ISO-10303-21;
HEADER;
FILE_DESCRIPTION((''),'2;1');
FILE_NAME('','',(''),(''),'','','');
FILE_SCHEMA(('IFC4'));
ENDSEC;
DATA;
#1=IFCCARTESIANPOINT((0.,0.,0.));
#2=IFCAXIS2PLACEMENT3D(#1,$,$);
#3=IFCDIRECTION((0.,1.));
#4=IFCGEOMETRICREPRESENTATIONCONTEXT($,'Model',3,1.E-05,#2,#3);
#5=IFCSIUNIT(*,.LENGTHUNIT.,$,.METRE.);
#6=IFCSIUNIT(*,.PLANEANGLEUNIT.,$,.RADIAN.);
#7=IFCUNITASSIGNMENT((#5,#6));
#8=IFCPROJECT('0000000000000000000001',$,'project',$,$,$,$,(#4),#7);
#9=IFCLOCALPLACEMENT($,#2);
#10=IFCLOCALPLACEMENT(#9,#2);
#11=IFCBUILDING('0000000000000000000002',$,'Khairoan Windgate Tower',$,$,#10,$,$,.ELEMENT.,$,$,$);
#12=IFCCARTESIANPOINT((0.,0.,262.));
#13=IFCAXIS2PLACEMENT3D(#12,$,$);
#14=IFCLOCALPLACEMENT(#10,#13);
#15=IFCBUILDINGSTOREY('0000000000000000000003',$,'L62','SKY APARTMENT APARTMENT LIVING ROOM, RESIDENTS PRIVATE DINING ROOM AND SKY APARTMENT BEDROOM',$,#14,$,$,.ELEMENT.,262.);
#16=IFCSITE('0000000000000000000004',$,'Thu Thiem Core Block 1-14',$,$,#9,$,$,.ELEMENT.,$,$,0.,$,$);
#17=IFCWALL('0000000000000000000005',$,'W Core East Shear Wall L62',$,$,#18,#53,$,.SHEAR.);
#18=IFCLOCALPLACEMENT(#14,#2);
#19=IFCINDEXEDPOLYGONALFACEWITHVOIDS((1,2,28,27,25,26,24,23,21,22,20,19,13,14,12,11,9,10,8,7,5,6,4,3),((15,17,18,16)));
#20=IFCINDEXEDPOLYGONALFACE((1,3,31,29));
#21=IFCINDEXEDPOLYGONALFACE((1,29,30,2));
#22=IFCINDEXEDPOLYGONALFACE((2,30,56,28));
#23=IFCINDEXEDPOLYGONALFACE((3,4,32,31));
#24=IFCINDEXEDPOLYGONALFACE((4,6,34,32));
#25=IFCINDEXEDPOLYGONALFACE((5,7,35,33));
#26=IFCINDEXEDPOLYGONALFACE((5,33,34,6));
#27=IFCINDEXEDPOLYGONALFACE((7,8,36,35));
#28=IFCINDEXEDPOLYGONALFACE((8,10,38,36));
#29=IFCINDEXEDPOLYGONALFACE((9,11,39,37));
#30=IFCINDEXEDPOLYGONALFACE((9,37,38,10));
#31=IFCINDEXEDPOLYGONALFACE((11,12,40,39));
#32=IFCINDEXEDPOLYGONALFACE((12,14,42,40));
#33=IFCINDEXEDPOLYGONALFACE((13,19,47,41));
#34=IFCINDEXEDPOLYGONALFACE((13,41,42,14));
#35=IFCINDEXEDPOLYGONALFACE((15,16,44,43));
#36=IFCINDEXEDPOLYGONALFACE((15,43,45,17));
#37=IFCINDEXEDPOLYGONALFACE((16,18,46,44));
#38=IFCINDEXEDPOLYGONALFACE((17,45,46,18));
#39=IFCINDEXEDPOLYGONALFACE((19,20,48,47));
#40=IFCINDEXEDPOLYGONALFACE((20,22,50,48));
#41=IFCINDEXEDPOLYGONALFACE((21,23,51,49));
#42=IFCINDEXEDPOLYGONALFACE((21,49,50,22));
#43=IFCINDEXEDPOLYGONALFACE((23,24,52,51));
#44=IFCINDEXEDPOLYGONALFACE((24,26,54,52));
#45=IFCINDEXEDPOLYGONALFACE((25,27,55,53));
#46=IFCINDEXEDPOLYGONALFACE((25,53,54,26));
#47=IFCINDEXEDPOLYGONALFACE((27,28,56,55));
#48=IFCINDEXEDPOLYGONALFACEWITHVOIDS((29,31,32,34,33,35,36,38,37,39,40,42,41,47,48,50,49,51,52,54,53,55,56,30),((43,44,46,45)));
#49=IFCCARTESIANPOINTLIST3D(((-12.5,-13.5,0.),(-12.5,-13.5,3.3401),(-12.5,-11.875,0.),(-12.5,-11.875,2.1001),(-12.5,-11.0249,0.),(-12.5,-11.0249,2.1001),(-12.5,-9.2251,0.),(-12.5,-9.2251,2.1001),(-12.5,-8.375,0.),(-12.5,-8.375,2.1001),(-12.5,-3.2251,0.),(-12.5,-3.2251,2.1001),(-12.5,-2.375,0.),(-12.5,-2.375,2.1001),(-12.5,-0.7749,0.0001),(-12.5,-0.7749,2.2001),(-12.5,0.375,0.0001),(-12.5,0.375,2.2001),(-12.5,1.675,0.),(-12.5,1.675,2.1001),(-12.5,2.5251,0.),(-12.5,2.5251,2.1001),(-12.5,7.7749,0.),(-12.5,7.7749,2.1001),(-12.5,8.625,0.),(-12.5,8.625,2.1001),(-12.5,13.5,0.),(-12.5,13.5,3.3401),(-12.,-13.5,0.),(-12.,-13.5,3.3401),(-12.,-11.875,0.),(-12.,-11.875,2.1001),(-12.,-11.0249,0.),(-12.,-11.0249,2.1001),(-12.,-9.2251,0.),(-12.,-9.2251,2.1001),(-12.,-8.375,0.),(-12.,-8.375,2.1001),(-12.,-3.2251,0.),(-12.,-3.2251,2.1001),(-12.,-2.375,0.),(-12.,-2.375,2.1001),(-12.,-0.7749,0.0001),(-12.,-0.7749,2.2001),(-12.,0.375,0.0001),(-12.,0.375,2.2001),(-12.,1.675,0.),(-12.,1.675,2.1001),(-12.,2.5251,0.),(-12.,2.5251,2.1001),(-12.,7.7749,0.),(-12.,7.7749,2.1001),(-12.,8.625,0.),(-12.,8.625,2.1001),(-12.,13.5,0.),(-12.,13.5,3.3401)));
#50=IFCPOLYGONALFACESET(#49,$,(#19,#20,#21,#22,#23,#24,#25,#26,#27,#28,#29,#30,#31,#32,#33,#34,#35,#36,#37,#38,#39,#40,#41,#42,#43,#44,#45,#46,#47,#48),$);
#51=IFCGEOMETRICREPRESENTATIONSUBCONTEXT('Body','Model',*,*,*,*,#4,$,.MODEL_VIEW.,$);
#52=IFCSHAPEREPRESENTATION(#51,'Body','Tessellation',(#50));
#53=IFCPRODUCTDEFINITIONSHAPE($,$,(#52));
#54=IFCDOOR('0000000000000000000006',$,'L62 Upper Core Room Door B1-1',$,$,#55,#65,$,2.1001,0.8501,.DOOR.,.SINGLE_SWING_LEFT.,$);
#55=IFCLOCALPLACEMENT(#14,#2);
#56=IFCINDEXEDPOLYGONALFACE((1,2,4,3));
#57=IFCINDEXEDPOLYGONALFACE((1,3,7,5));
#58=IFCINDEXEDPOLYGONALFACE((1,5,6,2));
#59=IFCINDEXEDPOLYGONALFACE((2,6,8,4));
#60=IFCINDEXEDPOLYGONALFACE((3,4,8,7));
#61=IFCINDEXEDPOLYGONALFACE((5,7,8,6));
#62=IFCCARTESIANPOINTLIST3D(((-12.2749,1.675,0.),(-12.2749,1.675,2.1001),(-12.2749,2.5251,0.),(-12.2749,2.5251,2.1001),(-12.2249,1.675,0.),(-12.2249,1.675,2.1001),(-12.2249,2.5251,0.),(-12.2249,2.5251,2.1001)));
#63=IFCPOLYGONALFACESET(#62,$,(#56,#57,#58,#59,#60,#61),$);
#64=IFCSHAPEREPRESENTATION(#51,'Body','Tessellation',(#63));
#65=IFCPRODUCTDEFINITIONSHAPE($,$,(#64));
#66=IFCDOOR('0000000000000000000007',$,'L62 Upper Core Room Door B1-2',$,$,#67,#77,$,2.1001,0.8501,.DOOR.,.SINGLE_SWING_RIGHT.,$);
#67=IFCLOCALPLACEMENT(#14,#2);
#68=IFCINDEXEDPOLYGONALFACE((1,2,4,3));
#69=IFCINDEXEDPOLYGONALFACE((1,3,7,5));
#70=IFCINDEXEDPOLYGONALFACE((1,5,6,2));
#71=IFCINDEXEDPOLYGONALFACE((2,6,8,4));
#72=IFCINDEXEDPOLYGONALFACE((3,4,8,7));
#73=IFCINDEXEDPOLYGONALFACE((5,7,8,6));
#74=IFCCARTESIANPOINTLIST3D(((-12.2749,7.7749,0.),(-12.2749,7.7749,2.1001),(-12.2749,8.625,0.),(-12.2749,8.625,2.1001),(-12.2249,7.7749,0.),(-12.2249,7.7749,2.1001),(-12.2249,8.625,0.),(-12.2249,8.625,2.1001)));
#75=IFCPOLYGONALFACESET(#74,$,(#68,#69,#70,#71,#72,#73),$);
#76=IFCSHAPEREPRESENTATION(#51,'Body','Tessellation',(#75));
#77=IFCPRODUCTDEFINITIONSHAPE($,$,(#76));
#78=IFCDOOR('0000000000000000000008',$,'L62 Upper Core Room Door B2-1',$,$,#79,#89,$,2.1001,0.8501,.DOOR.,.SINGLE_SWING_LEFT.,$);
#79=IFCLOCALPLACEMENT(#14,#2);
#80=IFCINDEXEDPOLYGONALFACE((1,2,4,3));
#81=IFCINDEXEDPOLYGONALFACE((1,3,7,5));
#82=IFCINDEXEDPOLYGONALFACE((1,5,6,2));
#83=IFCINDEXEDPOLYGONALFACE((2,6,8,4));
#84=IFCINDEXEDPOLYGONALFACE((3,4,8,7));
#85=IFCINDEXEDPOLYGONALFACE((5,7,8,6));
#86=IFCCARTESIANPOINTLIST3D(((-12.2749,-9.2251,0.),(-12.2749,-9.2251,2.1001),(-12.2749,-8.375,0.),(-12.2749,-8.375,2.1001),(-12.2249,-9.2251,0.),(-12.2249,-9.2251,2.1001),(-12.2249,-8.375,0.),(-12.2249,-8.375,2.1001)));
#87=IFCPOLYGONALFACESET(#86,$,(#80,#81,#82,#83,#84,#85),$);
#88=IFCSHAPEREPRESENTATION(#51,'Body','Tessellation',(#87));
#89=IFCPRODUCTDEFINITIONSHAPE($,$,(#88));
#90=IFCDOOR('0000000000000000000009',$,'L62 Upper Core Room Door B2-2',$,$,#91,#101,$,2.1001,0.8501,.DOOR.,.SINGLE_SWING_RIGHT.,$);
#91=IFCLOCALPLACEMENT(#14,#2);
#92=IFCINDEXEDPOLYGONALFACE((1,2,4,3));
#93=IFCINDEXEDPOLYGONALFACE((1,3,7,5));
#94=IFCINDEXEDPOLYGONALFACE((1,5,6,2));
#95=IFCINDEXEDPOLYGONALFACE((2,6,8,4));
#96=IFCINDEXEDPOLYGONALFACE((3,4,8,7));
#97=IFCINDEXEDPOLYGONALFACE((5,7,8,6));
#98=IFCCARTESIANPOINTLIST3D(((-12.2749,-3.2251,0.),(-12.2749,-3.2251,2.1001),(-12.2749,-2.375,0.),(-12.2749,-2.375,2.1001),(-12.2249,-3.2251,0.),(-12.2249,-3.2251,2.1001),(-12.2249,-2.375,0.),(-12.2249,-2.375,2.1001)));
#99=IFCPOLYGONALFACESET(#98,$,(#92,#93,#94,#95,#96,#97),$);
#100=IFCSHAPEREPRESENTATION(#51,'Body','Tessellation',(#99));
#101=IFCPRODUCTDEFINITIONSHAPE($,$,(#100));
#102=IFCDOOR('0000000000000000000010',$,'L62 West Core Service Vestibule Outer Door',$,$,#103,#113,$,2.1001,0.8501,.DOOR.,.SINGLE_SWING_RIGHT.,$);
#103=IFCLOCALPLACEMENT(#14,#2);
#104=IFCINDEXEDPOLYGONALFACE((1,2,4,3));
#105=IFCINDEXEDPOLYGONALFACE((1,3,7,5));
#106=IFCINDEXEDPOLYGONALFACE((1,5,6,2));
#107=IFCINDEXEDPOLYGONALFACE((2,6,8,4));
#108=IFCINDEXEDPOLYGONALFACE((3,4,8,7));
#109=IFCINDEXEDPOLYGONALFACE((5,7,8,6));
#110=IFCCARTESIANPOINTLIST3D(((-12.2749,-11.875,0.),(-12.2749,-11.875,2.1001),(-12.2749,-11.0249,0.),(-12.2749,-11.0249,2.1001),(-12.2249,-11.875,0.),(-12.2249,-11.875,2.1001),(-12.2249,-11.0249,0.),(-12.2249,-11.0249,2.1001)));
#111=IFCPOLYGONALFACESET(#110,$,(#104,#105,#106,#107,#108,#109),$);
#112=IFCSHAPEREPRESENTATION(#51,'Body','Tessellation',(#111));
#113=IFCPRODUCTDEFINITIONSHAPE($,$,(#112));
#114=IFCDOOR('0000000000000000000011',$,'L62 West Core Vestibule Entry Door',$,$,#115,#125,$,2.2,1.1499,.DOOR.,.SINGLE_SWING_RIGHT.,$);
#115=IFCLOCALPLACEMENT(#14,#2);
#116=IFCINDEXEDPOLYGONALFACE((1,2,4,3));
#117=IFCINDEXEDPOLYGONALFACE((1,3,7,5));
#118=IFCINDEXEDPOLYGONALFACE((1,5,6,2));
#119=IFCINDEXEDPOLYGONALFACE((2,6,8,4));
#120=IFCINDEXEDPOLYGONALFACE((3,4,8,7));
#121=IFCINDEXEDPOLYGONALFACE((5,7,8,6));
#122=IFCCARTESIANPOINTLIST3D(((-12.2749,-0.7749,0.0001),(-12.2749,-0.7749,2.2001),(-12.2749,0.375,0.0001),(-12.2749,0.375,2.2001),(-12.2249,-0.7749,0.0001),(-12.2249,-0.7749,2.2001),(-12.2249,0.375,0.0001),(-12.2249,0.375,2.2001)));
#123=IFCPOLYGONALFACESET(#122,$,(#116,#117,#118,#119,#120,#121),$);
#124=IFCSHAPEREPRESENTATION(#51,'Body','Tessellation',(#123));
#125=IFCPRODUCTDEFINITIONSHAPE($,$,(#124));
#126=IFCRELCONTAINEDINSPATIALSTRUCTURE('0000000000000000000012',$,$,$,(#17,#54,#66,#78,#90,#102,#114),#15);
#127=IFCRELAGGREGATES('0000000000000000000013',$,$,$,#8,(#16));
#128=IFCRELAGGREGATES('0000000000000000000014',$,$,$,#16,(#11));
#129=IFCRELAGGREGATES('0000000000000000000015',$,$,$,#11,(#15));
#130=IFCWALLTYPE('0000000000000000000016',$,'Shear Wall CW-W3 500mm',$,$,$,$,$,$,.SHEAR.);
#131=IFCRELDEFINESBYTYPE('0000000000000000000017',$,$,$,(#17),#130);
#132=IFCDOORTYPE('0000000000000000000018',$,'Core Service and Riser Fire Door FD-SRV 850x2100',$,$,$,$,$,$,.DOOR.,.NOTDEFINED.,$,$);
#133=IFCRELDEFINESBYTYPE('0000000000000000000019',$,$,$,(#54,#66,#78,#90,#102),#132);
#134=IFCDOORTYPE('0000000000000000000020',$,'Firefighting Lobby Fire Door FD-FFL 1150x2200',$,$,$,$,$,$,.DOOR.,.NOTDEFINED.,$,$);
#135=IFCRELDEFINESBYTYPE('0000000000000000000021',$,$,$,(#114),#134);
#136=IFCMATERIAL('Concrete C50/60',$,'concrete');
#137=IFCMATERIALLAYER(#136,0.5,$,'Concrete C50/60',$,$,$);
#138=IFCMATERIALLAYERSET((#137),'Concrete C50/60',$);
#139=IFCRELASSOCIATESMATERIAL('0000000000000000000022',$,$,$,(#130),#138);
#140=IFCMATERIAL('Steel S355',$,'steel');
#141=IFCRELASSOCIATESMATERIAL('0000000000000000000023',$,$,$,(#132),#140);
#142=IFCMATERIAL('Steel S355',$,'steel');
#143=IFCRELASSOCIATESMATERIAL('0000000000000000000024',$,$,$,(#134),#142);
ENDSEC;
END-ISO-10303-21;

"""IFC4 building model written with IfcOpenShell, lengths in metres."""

from ifc_helpers import new_model, si_unit, direction, frame, frame_2d, origin, place, context, subcontext, project, spatial, rectangle, extrude, material, layer, layer_set, type_object, element, fill, save


model = new_model("IFC4")

# Units and contexts
model_context = context("Model", 3, precision=1e-05, world=origin(), true_north=direction((0.0, 1.0)))
body_context = subcontext(model_context, "Body", "Model", "MODEL_VIEW")
ifc_project = project(units=[si_unit("LENGTHUNIT", "METRE"), si_unit("PLANEANGLEUNIT", "RADIAN")], contexts=[model_context])

# Site, building, storey
site_placement = place(None, origin())
site = spatial("IfcSite", under=ifc_project, at=site_placement, Name="Thu Thiem Core Block 1-14", CompositionType="ELEMENT", RefElevation=0.0)
building_placement = place(site_placement, origin())
building = spatial("IfcBuilding", under=site, at=building_placement, Name="Khairoan Windgate Tower", CompositionType="ELEMENT")
storey_placement = place(building_placement, frame((0.0, 0.0, 262.0)))
storey = spatial("IfcBuildingStorey", under=building, at=storey_placement, Name="L62", Description="SKY APARTMENT APARTMENT LIVING ROOM, RESIDENTS PRIVATE DINING ROOM AND SKY APARTMENT BEDROOM", CompositionType="ELEMENT", Elevation=262.0)

# Wall, openings, doors
ifc_material_1 = material(Name="Concrete C50/60", Category="concrete")
ifc_layer_1 = layer(ifc_material_1, 0.5, Name="Concrete C50/60")
ifc_layer_set_1 = layer_set([ifc_layer_1], Name="Concrete C50/60")
wall_type_1 = type_object("IfcWallType", Name="Shear Wall CW-W3 500mm", PredefinedType="SHEAR", material=ifc_layer_set_1)
wall_1_placement = place(storey_placement, frame((-12.25, -13.5, 0.0), z_axis=(0.0, 0.0, 1.0), x_axis=(0.0, 1.0, 0.0)))
wall_1 = element("IfcWall", 1, at=wall_1_placement, inside=storey, type_object=wall_type_1, Name="W Core East Shear Wall L62", PredefinedType="SHEAR", context=body_context, shape_type="SweptSolid", body=[
    extrude(rectangle(XDim=27.0, YDim=0.5, at=frame_2d((13.5, 0.0))), origin(), (0.0, 0.0, 1.0), 3.3401),
])
opening_1_placement = place(wall_1_placement, frame((15.175, 0.0, 0.0)))
opening_1 = element("IfcOpeningElement", 2, at=opening_1_placement, cuts=wall_1, PredefinedType="OPENING", context=body_context, shape_type="SweptSolid", body=[
    extrude(rectangle(XDim=0.8501, YDim=2.1001, at=frame_2d((0.425, 1.05))), frame((0.0, 0.26, 0.0), z_axis=(0.0, -1.0, 0.0), x_axis=(1.0, 0.0, 0.0)), (0.0, 0.0, 1.0), 0.52),
])
opening_2_placement = place(wall_1_placement, frame((21.2749, 0.0, 0.0)))
opening_2 = element("IfcOpeningElement", 3, at=opening_2_placement, cuts=wall_1, PredefinedType="OPENING", context=body_context, shape_type="SweptSolid", body=[
    extrude(rectangle(XDim=0.8501, YDim=2.1001, at=frame_2d((0.425, 1.05))), frame((0.0, 0.26, 0.0), z_axis=(0.0, -1.0, 0.0), x_axis=(1.0, 0.0, 0.0)), (0.0, 0.0, 1.0), 0.52),
])
opening_3_placement = place(wall_1_placement, frame((4.2749, 0.0, 0.0)))
opening_3 = element("IfcOpeningElement", 4, at=opening_3_placement, cuts=wall_1, PredefinedType="OPENING", context=body_context, shape_type="SweptSolid", body=[
    extrude(rectangle(XDim=0.8501, YDim=2.1001, at=frame_2d((0.425, 1.05))), frame((0.0, 0.26, 0.0), z_axis=(0.0, -1.0, 0.0), x_axis=(1.0, 0.0, 0.0)), (0.0, 0.0, 1.0), 0.52),
])
opening_4_placement = place(wall_1_placement, frame((10.2749, 0.0, 0.0)))
opening_4 = element("IfcOpeningElement", 5, at=opening_4_placement, cuts=wall_1, PredefinedType="OPENING", context=body_context, shape_type="SweptSolid", body=[
    extrude(rectangle(XDim=0.8501, YDim=2.1001, at=frame_2d((0.425, 1.05))), frame((0.0, 0.26, 0.0), z_axis=(0.0, -1.0, 0.0), x_axis=(1.0, 0.0, 0.0)), (0.0, 0.0, 1.0), 0.52),
])
opening_5_placement = place(wall_1_placement, frame((12.7251, 0.0, 0.0)))
opening_5 = element("IfcOpeningElement", 6, at=opening_5_placement, cuts=wall_1, PredefinedType="OPENING", context=body_context, shape_type="SweptSolid", body=[
    extrude(rectangle(XDim=1.1499, YDim=2.2, at=frame_2d((0.575, 1.1001))), frame((0.0, 0.26, 0.0), z_axis=(0.0, -1.0, 0.0), x_axis=(1.0, 0.0, 0.0)), (0.0, 0.0, 1.0), 0.52),
])
opening_6_placement = place(wall_1_placement, frame((1.625, 0.0, 0.0)))
opening_6 = element("IfcOpeningElement", 7, at=opening_6_placement, cuts=wall_1, PredefinedType="OPENING", context=body_context, shape_type="SweptSolid", body=[
    extrude(rectangle(XDim=0.8501, YDim=2.1001, at=frame_2d((0.425, 1.05))), frame((0.0, 0.26, 0.0), z_axis=(0.0, -1.0, 0.0), x_axis=(1.0, 0.0, 0.0)), (0.0, 0.0, 1.0), 0.52),
])
ifc_material_2 = material(Name="Steel S355", Category="steel")
door_type_1 = type_object("IfcDoorType", Name="Core Service and Riser Fire Door FD-SRV 850x2100", OperationType="NOTDEFINED", PredefinedType="DOOR", material=ifc_material_2)
door_1_placement = place(opening_1_placement, origin())
door_1 = element("IfcDoor", 8, at=door_1_placement, inside=storey, type_object=door_type_1, Name="L62 Upper Core Room Door B1-1", OperationType="SINGLE_SWING_LEFT", OverallHeight=2.1001, OverallWidth=0.8501, PredefinedType="DOOR", context=body_context, shape_type="SweptSolid", body=[
    extrude(rectangle(XDim=0.8501, YDim=2.1001, at=frame_2d((0.425, 1.05))), frame((0.0, 0.0249, 0.0), z_axis=(0.0, -1.0, 0.0), x_axis=(1.0, 0.0, 0.0)), (0.0, 0.0, 1.0), 0.05),
])
fill(opening_1, door_1)
door_2_placement = place(opening_2_placement, origin())
door_2 = element("IfcDoor", 9, at=door_2_placement, inside=storey, type_object=door_type_1, Name="L62 Upper Core Room Door B1-2", OperationType="SINGLE_SWING_RIGHT", OverallHeight=2.1001, OverallWidth=0.8501, PredefinedType="DOOR", context=body_context, shape_type="SweptSolid", body=[
    extrude(rectangle(XDim=0.8501, YDim=2.1001, at=frame_2d((0.425, 1.05))), frame((0.0, 0.0249, 0.0), z_axis=(0.0, -1.0, 0.0), x_axis=(1.0, 0.0, 0.0)), (0.0, 0.0, 1.0), 0.05),
])
fill(opening_2, door_2)
door_3_placement = place(opening_3_placement, origin())
door_3 = element("IfcDoor", 10, at=door_3_placement, inside=storey, type_object=door_type_1, Name="L62 Upper Core Room Door B2-1", OperationType="SINGLE_SWING_LEFT", OverallHeight=2.1001, OverallWidth=0.8501, PredefinedType="DOOR", context=body_context, shape_type="SweptSolid", body=[
    extrude(rectangle(XDim=0.8501, YDim=2.1001, at=frame_2d((0.425, 1.05))), frame((0.0, 0.0249, 0.0), z_axis=(0.0, -1.0, 0.0), x_axis=(1.0, 0.0, 0.0)), (0.0, 0.0, 1.0), 0.05),
])
fill(opening_3, door_3)
door_4_placement = place(opening_4_placement, origin())
door_4 = element("IfcDoor", 11, at=door_4_placement, inside=storey, type_object=door_type_1, Name="L62 Upper Core Room Door B2-2", OperationType="SINGLE_SWING_RIGHT", OverallHeight=2.1001, OverallWidth=0.8501, PredefinedType="DOOR", context=body_context, shape_type="SweptSolid", body=[
    extrude(rectangle(XDim=0.8501, YDim=2.1001, at=frame_2d((0.425, 1.05))), frame((0.0, 0.0249, 0.0), z_axis=(0.0, -1.0, 0.0), x_axis=(1.0, 0.0, 0.0)), (0.0, 0.0, 1.0), 0.05),
])
fill(opening_4, door_4)
door_5_placement = place(opening_6_placement, origin())
door_5 = element("IfcDoor", 12, at=door_5_placement, inside=storey, type_object=door_type_1, Name="L62 West Core Service Vestibule Outer Door", OperationType="SINGLE_SWING_RIGHT", OverallHeight=2.1001, OverallWidth=0.8501, PredefinedType="DOOR", context=body_context, shape_type="SweptSolid", body=[
    extrude(rectangle(XDim=0.8501, YDim=2.1001, at=frame_2d((0.425, 1.05))), frame((0.0, 0.0249, 0.0), z_axis=(0.0, -1.0, 0.0), x_axis=(1.0, 0.0, 0.0)), (0.0, 0.0, 1.0), 0.05),
])
fill(opening_6, door_5)
ifc_material_3 = material(Name="Steel S355", Category="steel")
door_type_2 = type_object("IfcDoorType", Name="Firefighting Lobby Fire Door FD-FFL 1150x2200", OperationType="NOTDEFINED", PredefinedType="DOOR", material=ifc_material_3)
door_6_placement = place(opening_5_placement, origin())
door_6 = element("IfcDoor", 13, at=door_6_placement, inside=storey, type_object=door_type_2, Name="L62 West Core Vestibule Entry Door", OperationType="SINGLE_SWING_RIGHT", OverallHeight=2.2, OverallWidth=1.1499, PredefinedType="DOOR", context=body_context, shape_type="SweptSolid", body=[
    extrude(rectangle(XDim=1.1499, YDim=2.2, at=frame_2d((0.575, 1.1001))), frame((0.0, 0.0249, 0.0), z_axis=(0.0, -1.0, 0.0), x_axis=(1.0, 0.0, 0.0)), (0.0, 0.0, 1.0), 0.05),
])
fill(opening_5, door_6)

save(model, "model.ifc")
